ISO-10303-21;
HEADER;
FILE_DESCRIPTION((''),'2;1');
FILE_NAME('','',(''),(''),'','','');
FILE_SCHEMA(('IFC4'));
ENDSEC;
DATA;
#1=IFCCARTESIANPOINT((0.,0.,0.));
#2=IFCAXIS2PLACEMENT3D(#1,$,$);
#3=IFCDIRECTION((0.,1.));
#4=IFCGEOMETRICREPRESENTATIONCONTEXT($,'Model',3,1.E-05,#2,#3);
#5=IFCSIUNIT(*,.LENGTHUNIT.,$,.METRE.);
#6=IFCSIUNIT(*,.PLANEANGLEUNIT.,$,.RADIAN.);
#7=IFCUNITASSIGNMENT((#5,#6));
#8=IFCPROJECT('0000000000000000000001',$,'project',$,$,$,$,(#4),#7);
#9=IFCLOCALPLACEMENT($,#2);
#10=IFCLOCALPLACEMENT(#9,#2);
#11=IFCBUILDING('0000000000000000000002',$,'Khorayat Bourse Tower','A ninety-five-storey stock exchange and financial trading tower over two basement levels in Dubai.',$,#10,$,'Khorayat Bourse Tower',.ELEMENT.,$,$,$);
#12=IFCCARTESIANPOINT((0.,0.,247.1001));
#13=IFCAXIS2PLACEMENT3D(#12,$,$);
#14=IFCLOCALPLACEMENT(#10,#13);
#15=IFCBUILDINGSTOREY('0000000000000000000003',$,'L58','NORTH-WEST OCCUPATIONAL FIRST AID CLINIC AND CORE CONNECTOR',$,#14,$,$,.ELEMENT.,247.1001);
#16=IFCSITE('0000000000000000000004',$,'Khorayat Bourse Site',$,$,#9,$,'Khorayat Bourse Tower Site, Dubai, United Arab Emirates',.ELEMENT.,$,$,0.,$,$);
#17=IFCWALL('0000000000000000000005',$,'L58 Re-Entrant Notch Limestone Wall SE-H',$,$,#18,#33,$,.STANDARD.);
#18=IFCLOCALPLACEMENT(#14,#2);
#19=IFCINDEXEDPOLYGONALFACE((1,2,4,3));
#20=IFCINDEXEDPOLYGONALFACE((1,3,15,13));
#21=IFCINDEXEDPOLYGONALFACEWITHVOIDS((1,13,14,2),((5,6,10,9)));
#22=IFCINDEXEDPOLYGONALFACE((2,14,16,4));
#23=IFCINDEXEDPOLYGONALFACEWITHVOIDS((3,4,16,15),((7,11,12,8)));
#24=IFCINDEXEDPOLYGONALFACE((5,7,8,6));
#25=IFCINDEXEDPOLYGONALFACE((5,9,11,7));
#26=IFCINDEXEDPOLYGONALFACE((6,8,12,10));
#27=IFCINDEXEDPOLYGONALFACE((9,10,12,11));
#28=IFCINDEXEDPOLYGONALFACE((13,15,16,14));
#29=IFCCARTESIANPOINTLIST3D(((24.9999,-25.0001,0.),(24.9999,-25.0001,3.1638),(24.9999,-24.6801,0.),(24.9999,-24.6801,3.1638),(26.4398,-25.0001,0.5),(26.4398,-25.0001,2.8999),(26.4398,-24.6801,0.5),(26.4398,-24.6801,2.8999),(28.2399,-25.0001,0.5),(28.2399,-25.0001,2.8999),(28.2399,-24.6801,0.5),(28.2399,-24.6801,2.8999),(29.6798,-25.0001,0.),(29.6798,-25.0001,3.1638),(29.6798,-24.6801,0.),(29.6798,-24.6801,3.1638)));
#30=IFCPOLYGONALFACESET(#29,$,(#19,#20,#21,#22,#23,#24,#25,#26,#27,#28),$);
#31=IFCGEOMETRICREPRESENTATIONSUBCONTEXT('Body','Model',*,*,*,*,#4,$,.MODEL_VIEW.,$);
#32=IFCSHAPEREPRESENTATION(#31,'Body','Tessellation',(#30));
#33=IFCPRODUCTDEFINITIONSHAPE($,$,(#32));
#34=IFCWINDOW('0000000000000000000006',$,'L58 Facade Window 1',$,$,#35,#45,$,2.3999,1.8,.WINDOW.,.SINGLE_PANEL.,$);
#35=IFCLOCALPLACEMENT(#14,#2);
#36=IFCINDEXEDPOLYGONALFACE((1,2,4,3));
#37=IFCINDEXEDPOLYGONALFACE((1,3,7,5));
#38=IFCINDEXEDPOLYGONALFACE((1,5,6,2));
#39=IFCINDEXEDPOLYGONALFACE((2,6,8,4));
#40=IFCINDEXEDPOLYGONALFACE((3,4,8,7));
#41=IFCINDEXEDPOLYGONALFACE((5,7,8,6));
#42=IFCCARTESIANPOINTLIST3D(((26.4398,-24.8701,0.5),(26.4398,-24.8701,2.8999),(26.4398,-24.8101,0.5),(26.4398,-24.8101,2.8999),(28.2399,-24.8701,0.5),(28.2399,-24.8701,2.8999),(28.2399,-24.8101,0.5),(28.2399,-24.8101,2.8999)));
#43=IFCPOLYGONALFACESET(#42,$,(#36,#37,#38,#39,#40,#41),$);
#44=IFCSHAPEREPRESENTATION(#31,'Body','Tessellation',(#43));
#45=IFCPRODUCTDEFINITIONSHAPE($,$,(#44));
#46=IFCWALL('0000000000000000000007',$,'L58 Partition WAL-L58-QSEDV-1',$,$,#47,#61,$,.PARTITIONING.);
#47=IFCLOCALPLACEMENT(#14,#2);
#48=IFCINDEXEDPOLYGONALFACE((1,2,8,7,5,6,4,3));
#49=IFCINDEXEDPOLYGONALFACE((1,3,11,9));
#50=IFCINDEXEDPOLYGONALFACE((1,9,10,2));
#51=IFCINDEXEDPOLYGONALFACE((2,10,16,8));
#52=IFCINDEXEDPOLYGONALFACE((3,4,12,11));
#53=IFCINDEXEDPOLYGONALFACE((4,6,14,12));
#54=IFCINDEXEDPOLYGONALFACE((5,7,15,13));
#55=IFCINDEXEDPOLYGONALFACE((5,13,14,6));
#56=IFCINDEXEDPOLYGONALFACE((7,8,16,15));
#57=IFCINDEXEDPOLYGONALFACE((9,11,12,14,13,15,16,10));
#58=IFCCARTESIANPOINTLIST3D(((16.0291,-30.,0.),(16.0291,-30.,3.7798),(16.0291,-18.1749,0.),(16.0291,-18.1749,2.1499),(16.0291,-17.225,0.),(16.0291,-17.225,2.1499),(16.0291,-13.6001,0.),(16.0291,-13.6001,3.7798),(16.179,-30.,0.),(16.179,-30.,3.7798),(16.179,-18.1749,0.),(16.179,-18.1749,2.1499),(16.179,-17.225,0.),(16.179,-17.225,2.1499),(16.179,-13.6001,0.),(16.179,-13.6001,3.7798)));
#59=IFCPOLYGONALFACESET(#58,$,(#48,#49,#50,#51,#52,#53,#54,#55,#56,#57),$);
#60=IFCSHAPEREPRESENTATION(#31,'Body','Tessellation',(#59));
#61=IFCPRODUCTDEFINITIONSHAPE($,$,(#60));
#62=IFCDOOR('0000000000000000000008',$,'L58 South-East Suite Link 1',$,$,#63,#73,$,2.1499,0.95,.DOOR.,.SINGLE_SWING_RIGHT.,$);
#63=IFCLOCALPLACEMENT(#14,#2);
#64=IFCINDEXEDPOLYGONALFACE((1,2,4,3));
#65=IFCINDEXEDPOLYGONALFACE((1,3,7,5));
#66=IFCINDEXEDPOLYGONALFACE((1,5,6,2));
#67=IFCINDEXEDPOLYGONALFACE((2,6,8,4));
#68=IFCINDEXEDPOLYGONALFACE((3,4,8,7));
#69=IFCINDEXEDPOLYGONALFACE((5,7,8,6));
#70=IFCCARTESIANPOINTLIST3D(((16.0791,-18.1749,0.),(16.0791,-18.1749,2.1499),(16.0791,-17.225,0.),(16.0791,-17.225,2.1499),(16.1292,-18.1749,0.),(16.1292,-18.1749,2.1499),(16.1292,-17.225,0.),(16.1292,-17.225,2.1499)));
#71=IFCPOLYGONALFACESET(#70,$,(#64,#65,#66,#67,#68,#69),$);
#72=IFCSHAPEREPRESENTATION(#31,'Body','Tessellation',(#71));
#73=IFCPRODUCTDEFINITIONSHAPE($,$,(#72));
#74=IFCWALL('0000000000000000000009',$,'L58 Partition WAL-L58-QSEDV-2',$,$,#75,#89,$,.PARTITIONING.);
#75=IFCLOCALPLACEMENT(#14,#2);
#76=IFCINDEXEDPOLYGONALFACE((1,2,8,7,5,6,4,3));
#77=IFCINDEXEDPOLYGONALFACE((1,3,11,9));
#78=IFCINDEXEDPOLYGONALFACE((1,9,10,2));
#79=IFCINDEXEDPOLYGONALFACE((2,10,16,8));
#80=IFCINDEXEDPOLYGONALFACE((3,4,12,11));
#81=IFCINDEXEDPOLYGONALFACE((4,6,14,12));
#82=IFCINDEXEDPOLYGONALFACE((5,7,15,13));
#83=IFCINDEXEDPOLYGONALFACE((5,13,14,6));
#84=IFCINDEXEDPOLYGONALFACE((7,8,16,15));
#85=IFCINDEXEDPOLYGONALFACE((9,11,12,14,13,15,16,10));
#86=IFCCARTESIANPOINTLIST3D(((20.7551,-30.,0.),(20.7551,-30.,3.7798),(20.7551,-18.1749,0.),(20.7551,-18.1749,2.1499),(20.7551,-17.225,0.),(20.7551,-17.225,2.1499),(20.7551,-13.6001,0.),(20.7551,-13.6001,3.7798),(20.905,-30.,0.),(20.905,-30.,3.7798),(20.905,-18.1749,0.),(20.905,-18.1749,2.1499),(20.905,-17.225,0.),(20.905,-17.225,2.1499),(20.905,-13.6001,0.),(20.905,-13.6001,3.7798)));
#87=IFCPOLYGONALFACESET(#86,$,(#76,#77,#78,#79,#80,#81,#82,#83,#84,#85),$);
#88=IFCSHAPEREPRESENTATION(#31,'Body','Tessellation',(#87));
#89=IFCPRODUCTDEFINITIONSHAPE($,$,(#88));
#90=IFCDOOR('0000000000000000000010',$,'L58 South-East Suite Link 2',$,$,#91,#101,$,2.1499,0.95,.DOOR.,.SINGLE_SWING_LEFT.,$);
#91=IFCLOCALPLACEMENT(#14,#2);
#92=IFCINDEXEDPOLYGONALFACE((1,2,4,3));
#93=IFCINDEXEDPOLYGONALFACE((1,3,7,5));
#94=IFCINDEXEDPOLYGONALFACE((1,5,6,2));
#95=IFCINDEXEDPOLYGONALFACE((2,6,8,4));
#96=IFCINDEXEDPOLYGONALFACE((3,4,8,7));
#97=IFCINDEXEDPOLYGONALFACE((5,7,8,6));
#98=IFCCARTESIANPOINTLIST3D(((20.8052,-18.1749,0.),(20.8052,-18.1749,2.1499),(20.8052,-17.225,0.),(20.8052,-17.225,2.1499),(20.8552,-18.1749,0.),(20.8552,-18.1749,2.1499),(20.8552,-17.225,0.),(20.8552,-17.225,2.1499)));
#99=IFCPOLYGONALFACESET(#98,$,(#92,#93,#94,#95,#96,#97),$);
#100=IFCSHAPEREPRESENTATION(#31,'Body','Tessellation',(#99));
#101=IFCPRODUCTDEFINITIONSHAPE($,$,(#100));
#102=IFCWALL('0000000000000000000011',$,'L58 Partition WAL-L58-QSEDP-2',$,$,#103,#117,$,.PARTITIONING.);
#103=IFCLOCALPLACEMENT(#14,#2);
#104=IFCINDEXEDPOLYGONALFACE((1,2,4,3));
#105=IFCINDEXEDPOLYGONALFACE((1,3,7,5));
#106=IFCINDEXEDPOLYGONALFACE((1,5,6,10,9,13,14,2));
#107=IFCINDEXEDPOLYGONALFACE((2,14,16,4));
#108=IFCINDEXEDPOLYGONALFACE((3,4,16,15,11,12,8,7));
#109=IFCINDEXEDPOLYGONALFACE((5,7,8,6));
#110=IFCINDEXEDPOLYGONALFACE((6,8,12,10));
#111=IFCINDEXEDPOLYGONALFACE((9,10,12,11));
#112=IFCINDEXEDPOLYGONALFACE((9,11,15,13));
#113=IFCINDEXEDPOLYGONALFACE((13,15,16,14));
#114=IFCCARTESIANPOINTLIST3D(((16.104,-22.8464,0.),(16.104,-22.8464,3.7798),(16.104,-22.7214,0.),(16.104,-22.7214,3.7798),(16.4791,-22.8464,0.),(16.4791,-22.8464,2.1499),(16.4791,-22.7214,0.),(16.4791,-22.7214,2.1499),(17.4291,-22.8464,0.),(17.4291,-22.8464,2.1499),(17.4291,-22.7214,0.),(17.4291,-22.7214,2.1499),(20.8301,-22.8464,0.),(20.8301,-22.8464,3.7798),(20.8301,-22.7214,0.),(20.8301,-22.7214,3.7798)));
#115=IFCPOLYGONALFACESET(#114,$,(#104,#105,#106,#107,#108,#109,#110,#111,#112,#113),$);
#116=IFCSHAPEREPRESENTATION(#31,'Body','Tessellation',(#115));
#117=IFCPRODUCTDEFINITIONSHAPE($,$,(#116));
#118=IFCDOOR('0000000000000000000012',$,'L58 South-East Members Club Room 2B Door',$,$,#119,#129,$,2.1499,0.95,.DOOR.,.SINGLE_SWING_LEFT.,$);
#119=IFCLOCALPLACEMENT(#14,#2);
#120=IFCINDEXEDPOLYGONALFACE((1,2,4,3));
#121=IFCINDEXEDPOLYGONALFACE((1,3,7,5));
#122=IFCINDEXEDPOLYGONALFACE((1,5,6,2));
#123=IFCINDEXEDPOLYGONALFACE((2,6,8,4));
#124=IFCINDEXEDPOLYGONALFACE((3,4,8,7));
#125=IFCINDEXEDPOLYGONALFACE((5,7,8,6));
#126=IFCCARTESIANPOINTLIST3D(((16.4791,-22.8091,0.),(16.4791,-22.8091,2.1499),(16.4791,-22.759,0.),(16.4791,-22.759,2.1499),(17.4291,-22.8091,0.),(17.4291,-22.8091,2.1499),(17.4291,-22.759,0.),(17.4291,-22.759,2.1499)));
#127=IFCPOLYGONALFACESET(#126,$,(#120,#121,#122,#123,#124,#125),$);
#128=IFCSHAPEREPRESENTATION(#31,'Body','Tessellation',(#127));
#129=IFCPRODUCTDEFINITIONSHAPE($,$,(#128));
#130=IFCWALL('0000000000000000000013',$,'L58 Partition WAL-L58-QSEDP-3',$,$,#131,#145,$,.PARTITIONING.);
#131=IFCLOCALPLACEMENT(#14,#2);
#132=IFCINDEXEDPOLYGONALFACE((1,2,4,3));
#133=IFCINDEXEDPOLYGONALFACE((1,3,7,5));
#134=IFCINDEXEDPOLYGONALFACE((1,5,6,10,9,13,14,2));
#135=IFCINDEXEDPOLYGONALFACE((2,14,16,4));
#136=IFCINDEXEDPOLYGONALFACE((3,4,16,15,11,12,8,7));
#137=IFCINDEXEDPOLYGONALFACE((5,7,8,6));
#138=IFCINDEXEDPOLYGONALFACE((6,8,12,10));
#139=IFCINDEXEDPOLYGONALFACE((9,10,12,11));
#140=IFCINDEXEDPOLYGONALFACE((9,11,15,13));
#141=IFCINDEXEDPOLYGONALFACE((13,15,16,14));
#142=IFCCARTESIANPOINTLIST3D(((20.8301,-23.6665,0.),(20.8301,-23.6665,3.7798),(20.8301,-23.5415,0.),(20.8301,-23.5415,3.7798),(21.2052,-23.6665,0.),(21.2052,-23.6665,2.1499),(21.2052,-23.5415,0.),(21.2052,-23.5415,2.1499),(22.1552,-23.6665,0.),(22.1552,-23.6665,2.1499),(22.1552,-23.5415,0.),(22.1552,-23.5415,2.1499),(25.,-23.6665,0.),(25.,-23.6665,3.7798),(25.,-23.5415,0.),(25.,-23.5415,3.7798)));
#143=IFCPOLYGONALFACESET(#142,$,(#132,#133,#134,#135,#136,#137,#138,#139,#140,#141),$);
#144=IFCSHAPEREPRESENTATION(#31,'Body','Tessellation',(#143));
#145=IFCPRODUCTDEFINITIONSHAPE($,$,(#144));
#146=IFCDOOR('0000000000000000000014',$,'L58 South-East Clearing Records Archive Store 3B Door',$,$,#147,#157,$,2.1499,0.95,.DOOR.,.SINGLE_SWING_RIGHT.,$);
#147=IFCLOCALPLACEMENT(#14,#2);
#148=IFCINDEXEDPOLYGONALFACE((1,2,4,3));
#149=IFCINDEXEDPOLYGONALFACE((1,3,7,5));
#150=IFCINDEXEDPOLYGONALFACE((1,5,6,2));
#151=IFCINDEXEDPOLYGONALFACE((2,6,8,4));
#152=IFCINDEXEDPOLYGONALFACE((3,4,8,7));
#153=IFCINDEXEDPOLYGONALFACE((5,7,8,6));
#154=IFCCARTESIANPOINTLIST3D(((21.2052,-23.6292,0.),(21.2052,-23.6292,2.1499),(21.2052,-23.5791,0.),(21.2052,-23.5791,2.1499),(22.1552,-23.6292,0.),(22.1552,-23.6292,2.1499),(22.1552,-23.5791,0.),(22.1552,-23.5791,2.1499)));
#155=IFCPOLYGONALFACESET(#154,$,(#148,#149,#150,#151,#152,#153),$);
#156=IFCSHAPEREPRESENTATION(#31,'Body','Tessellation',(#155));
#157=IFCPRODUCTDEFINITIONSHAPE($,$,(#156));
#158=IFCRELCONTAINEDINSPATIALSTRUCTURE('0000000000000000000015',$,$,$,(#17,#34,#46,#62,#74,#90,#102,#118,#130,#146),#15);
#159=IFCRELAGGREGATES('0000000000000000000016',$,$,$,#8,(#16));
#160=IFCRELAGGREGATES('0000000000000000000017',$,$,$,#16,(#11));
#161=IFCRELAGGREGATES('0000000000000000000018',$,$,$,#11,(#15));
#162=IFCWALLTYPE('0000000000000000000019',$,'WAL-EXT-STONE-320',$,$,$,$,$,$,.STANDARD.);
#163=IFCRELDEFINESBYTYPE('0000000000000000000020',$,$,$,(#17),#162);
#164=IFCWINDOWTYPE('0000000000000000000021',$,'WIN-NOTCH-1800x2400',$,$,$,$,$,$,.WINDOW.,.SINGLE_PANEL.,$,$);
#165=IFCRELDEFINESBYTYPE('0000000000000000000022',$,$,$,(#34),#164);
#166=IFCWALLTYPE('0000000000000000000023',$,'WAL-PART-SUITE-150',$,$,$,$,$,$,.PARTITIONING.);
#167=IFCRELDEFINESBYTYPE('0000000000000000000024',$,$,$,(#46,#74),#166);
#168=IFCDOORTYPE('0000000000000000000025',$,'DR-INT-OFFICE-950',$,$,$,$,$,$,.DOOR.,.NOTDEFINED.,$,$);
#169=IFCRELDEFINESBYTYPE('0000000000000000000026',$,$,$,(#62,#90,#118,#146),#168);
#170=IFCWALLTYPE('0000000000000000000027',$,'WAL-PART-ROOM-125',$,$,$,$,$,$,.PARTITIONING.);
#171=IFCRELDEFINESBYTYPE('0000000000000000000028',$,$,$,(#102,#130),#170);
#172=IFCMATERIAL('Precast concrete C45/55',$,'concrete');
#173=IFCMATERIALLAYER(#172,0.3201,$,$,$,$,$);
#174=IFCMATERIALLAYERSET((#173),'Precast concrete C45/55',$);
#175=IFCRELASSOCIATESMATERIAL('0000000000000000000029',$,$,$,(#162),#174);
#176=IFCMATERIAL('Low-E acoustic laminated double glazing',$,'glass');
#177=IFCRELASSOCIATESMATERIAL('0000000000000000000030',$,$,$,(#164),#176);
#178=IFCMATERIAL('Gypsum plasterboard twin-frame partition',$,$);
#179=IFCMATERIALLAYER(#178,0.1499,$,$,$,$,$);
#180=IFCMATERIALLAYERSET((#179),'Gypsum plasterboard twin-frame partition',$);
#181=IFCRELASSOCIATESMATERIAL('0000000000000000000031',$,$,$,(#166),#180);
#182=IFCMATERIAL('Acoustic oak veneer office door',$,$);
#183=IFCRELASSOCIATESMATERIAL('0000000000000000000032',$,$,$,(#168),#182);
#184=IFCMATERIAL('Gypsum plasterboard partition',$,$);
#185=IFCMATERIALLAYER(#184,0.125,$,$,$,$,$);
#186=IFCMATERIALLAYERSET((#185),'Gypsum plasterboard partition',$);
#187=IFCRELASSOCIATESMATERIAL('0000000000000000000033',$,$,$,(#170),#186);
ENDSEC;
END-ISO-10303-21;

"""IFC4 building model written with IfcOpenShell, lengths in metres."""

from ifc_helpers import new_model, si_unit, direction, frame, frame_2d, origin, place, context, subcontext, project, spatial, rectangle, extrude, source, transform, mapped, material, layer, layer_set, type_object, element, fill, save


model = new_model("IFC4")

# Units and contexts
model_context = context("Model", 3, precision=1e-05, world=origin(), true_north=direction((0.0, 1.0)))
body_context = subcontext(model_context, "Body", "Model", "MODEL_VIEW")
ifc_project = project(units=[si_unit("LENGTHUNIT", "METRE"), si_unit("PLANEANGLEUNIT", "RADIAN")], contexts=[model_context])

# Site, building, storey
site_placement = place(None, origin())
site = spatial("IfcSite", under=ifc_project, at=site_placement, Name="Khorayat Bourse Site", LongName="Khorayat Bourse Tower Site, Dubai, United Arab Emirates", CompositionType="ELEMENT", RefElevation=0.0)
building_placement = place(site_placement, origin())
building = spatial("IfcBuilding", under=site, at=building_placement, Name="Khorayat Bourse Tower", Description="A ninety-five-storey stock exchange and financial trading tower over two basement levels in Dubai.", LongName="Khorayat Bourse Tower", CompositionType="ELEMENT")
storey_placement = place(building_placement, frame((0.0, 0.0, 247.1001)))
storey = spatial("IfcBuildingStorey", under=building, at=storey_placement, Name="L58", Description="NORTH-WEST OCCUPATIONAL FIRST AID CLINIC AND CORE CONNECTOR", CompositionType="ELEMENT", Elevation=247.1001)

# Wall, opening, window
ifc_material_1 = material(Name="Precast concrete C45/55", Category="concrete")
ifc_layer_1 = layer(ifc_material_1, 0.3201)
ifc_layer_set_1 = layer_set([ifc_layer_1], Name="Precast concrete C45/55")
wall_type_1 = type_object("IfcWallType", Name="WAL-EXT-STONE-320", PredefinedType="STANDARD", material=ifc_layer_set_1)
shared_shape_1 = source(origin(), body_context, "Body", "SweptSolid", [
    extrude(rectangle(XDim=4.6799, YDim=0.3201, at=frame_2d((2.3398, 0.0))), origin(), (0.0, 0.0, 1.0), 3.1638),
])
shared_shape_2 = source(origin(), body_context, "Body", "SweptSolid", [
    extrude(rectangle(XDim=1.8, YDim=2.3999, at=frame_2d((0.8999, 1.2))), frame((0.0, 0.1699, 0.0), z_axis=(0.0, -1.0, 0.0), x_axis=(1.0, 0.0, 0.0)), (0.0, 0.0, 1.0), 0.3401),
])
ifc_material_2 = material(Name="Low-E acoustic laminated double glazing", Category="glass")
window_type = type_object("IfcWindowType", Name="WIN-NOTCH-1800x2400", PartitioningType="SINGLE_PANEL", PredefinedType="WINDOW", material=ifc_material_2)
shared_shape_3 = source(origin(), body_context, "Body", "SweptSolid", [
    extrude(rectangle(XDim=1.8, YDim=2.3999, at=frame_2d((0.8999, 1.2))), frame((0.0, 0.03, 0.0), z_axis=(0.0, -1.0, 0.0), x_axis=(1.0, 0.0, 0.0)), (0.0, 0.0, 1.0), 0.0601),
])
wall_1_placement = place(storey_placement, frame((25.0, -24.8401, 0.0), z_axis=(0.0, 0.0, 1.0), x_axis=(1.0, 0.0, 0.0)))
wall_1 = element("IfcWall", 1, at=wall_1_placement, inside=storey, type_object=wall_type_1, Name="L58 Re-Entrant Notch Limestone Wall SE-H", PredefinedType="STANDARD", context=body_context, shape_type="MappedRepresentation", body=[
    mapped(shared_shape_1, transform((0.0, 0.0, 0.0), scale=1.0)),
])
opening_1_placement = place(wall_1_placement, frame((1.4399, 0.0, 0.5)))
opening_1 = element("IfcOpeningElement", 2, at=opening_1_placement, cuts=wall_1, PredefinedType="OPENING", context=body_context, shape_type="MappedRepresentation", body=[
    mapped(shared_shape_2, transform((0.0, 0.0, 0.0), scale=1.0)),
])
window_1_placement = place(opening_1_placement, origin())
window_1 = element("IfcWindow", 3, at=window_1_placement, inside=storey, type_object=window_type, Name="L58 Facade Window 1", OverallHeight=2.3999, OverallWidth=1.8, PartitioningType="SINGLE_PANEL", PredefinedType="WINDOW", context=body_context, shape_type="MappedRepresentation", body=[
    mapped(shared_shape_3, transform((0.0, 0.0, 0.0), scale=1.0)),
])
fill(opening_1, window_1)

# Walls, openings, doors
ifc_material_3 = material(Name="Gypsum plasterboard twin-frame partition")
ifc_layer_2 = layer(ifc_material_3, 0.1499)
ifc_layer_set_2 = layer_set([ifc_layer_2], Name="Gypsum plasterboard twin-frame partition")
wall_type_2 = type_object("IfcWallType", Name="WAL-PART-SUITE-150", PredefinedType="PARTITIONING", material=ifc_layer_set_2)
shared_shape_4 = source(origin(), body_context, "Body", "SweptSolid", [
    extrude(rectangle(XDim=16.3999, YDim=0.1499, at=frame_2d((8.2, 0.0))), origin(), (0.0, 0.0, 1.0), 3.7798),
])
wall_2_placement = place(storey_placement, frame((16.104, -30.0, 0.0), z_axis=(0.0, 0.0, 1.0), x_axis=(0.0, 1.0, 0.0)))
wall_2 = element("IfcWall", 4, at=wall_2_placement, inside=storey, type_object=wall_type_2, Name="L58 Partition WAL-L58-QSEDV-1", PredefinedType="PARTITIONING", context=body_context, shape_type="MappedRepresentation", body=[
    mapped(shared_shape_4, transform((0.0, 0.0, 0.0), scale=1.0)),
])
shared_shape_5 = source(origin(), body_context, "Body", "SweptSolid", [
    extrude(rectangle(XDim=0.95, YDim=2.1499, at=frame_2d((0.4751, 1.075))), frame((0.0, 0.085, 0.0), z_axis=(0.0, -1.0, 0.0), x_axis=(1.0, 0.0, 0.0)), (0.0, 0.0, 1.0), 0.1699),
])
opening_2_placement = place(wall_2_placement, frame((11.825, 0.0, 0.0)))
opening_2 = element("IfcOpeningElement", 5, at=opening_2_placement, cuts=wall_2, PredefinedType="OPENING", context=body_context, shape_type="MappedRepresentation", body=[
    mapped(shared_shape_5, transform((0.0, 0.0, 0.0), scale=1.0)),
])
ifc_material_4 = material(Name="Acoustic oak veneer office door")
door_type = type_object("IfcDoorType", Name="DR-INT-OFFICE-950", OperationType="NOTDEFINED", PredefinedType="DOOR", material=ifc_material_4)
shared_shape_6 = source(origin(), body_context, "Body", "SweptSolid", [
    extrude(rectangle(XDim=0.95, YDim=2.1499, at=frame_2d((0.4751, 1.075))), frame((0.0, 0.0249, 0.0), z_axis=(0.0, -1.0, 0.0), x_axis=(1.0, 0.0, 0.0)), (0.0, 0.0, 1.0), 0.05),
])
door_1_placement = place(opening_2_placement, origin())
door_1 = element("IfcDoor", 6, at=door_1_placement, inside=storey, type_object=door_type, Name="L58 South-East Suite Link 1", OperationType="SINGLE_SWING_RIGHT", OverallHeight=2.1499, OverallWidth=0.95, PredefinedType="DOOR", context=body_context, shape_type="MappedRepresentation", body=[
    mapped(shared_shape_6, transform((0.0, 0.0, 0.0), scale=1.0)),
])
fill(opening_2, door_1)
wall_3_placement = place(storey_placement, frame((20.8301, -30.0, 0.0), z_axis=(0.0, 0.0, 1.0), x_axis=(0.0, 1.0, 0.0)))
wall_3 = element("IfcWall", 7, at=wall_3_placement, inside=storey, type_object=wall_type_2, Name="L58 Partition WAL-L58-QSEDV-2", PredefinedType="PARTITIONING", context=body_context, shape_type="MappedRepresentation", body=[
    mapped(shared_shape_4, transform((0.0, 0.0, 0.0), scale=1.0)),
])
opening_3_placement = place(wall_3_placement, frame((11.825, 0.0, 0.0)))
opening_3 = element("IfcOpeningElement", 8, at=opening_3_placement, cuts=wall_3, PredefinedType="OPENING", context=body_context, shape_type="MappedRepresentation", body=[
    mapped(shared_shape_5, transform((0.0, 0.0, 0.0), scale=1.0)),
])
door_2_placement = place(opening_3_placement, origin())
door_2 = element("IfcDoor", 9, at=door_2_placement, inside=storey, type_object=door_type, Name="L58 South-East Suite Link 2", OperationType="SINGLE_SWING_LEFT", OverallHeight=2.1499, OverallWidth=0.95, PredefinedType="DOOR", context=body_context, shape_type="MappedRepresentation", body=[
    mapped(shared_shape_6, transform((0.0, 0.0, 0.0), scale=1.0)),
])
fill(opening_3, door_2)
ifc_material_5 = material(Name="Gypsum plasterboard partition")
ifc_layer_3 = layer(ifc_material_5, 0.125)
ifc_layer_set_3 = layer_set([ifc_layer_3], Name="Gypsum plasterboard partition")
wall_type_3 = type_object("IfcWallType", Name="WAL-PART-ROOM-125", PredefinedType="PARTITIONING", material=ifc_layer_set_3)
shared_shape_7 = source(origin(), body_context, "Body", "SweptSolid", [
    extrude(rectangle(XDim=4.7261, YDim=0.125, at=frame_2d((2.363, 0.0))), origin(), (0.0, 0.0, 1.0), 3.7798),
])
wall_4_placement = place(storey_placement, frame((16.104, -22.7839, 0.0), z_axis=(0.0, 0.0, 1.0), x_axis=(1.0, 0.0, 0.0)))
wall_4 = element("IfcWall", 10, at=wall_4_placement, inside=storey, type_object=wall_type_3, Name="L58 Partition WAL-L58-QSEDP-2", PredefinedType="PARTITIONING", context=body_context, shape_type="MappedRepresentation", body=[
    mapped(shared_shape_7, transform((0.0, 0.0, 0.0), scale=1.0)),
])
shared_shape_8 = source(origin(), body_context, "Body", "SweptSolid", [
    extrude(rectangle(XDim=0.95, YDim=2.1499, at=frame_2d((0.4751, 1.075))), frame((0.0, 0.0725, 0.0), z_axis=(0.0, -1.0, 0.0), x_axis=(1.0, 0.0, 0.0)), (0.0, 0.0, 1.0), 0.145),
])
opening_4_placement = place(wall_4_placement, frame((0.375, 0.0, 0.0)))
opening_4 = element("IfcOpeningElement", 11, at=opening_4_placement, cuts=wall_4, PredefinedType="OPENING", context=body_context, shape_type="MappedRepresentation", body=[
    mapped(shared_shape_8, transform((0.0, 0.0, 0.0), scale=1.0)),
])
door_3_placement = place(opening_4_placement, origin())
door_3 = element("IfcDoor", 12, at=door_3_placement, inside=storey, type_object=door_type, Name="L58 South-East Members Club Room 2B Door", OperationType="SINGLE_SWING_LEFT", OverallHeight=2.1499, OverallWidth=0.95, PredefinedType="DOOR", context=body_context, shape_type="MappedRepresentation", body=[
    mapped(shared_shape_6, transform((0.0, 0.0, 0.0), scale=1.0)),
])
fill(opening_4, door_3)
shared_shape_9 = source(origin(), body_context, "Body", "SweptSolid", [
    extrude(rectangle(XDim=4.1699, YDim=0.125, at=frame_2d((2.085, 0.0))), origin(), (0.0, 0.0, 1.0), 3.7798),
])
wall_5_placement = place(storey_placement, frame((20.8301, -23.604, 0.0), z_axis=(0.0, 0.0, 1.0), x_axis=(1.0, 0.0, 0.0)))
wall_5 = element("IfcWall", 13, at=wall_5_placement, inside=storey, type_object=wall_type_3, Name="L58 Partition WAL-L58-QSEDP-3", PredefinedType="PARTITIONING", context=body_context, shape_type="MappedRepresentation", body=[
    mapped(shared_shape_9, transform((0.0, 0.0, 0.0), scale=1.0)),
])
opening_5_placement = place(wall_5_placement, frame((0.375, 0.0, 0.0)))
opening_5 = element("IfcOpeningElement", 14, at=opening_5_placement, cuts=wall_5, PredefinedType="OPENING", context=body_context, shape_type="MappedRepresentation", body=[
    mapped(shared_shape_8, transform((0.0, 0.0, 0.0), scale=1.0)),
])
door_4_placement = place(opening_5_placement, origin())
door_4 = element("IfcDoor", 15, at=door_4_placement, inside=storey, type_object=door_type, Name="L58 South-East Clearing Records Archive Store 3B Door", OperationType="SINGLE_SWING_RIGHT", OverallHeight=2.1499, OverallWidth=0.95, PredefinedType="DOOR", context=body_context, shape_type="MappedRepresentation", body=[
    mapped(shared_shape_6, transform((0.0, 0.0, 0.0), scale=1.0)),
])
fill(opening_5, door_4)

save(model, "model.ifc")
